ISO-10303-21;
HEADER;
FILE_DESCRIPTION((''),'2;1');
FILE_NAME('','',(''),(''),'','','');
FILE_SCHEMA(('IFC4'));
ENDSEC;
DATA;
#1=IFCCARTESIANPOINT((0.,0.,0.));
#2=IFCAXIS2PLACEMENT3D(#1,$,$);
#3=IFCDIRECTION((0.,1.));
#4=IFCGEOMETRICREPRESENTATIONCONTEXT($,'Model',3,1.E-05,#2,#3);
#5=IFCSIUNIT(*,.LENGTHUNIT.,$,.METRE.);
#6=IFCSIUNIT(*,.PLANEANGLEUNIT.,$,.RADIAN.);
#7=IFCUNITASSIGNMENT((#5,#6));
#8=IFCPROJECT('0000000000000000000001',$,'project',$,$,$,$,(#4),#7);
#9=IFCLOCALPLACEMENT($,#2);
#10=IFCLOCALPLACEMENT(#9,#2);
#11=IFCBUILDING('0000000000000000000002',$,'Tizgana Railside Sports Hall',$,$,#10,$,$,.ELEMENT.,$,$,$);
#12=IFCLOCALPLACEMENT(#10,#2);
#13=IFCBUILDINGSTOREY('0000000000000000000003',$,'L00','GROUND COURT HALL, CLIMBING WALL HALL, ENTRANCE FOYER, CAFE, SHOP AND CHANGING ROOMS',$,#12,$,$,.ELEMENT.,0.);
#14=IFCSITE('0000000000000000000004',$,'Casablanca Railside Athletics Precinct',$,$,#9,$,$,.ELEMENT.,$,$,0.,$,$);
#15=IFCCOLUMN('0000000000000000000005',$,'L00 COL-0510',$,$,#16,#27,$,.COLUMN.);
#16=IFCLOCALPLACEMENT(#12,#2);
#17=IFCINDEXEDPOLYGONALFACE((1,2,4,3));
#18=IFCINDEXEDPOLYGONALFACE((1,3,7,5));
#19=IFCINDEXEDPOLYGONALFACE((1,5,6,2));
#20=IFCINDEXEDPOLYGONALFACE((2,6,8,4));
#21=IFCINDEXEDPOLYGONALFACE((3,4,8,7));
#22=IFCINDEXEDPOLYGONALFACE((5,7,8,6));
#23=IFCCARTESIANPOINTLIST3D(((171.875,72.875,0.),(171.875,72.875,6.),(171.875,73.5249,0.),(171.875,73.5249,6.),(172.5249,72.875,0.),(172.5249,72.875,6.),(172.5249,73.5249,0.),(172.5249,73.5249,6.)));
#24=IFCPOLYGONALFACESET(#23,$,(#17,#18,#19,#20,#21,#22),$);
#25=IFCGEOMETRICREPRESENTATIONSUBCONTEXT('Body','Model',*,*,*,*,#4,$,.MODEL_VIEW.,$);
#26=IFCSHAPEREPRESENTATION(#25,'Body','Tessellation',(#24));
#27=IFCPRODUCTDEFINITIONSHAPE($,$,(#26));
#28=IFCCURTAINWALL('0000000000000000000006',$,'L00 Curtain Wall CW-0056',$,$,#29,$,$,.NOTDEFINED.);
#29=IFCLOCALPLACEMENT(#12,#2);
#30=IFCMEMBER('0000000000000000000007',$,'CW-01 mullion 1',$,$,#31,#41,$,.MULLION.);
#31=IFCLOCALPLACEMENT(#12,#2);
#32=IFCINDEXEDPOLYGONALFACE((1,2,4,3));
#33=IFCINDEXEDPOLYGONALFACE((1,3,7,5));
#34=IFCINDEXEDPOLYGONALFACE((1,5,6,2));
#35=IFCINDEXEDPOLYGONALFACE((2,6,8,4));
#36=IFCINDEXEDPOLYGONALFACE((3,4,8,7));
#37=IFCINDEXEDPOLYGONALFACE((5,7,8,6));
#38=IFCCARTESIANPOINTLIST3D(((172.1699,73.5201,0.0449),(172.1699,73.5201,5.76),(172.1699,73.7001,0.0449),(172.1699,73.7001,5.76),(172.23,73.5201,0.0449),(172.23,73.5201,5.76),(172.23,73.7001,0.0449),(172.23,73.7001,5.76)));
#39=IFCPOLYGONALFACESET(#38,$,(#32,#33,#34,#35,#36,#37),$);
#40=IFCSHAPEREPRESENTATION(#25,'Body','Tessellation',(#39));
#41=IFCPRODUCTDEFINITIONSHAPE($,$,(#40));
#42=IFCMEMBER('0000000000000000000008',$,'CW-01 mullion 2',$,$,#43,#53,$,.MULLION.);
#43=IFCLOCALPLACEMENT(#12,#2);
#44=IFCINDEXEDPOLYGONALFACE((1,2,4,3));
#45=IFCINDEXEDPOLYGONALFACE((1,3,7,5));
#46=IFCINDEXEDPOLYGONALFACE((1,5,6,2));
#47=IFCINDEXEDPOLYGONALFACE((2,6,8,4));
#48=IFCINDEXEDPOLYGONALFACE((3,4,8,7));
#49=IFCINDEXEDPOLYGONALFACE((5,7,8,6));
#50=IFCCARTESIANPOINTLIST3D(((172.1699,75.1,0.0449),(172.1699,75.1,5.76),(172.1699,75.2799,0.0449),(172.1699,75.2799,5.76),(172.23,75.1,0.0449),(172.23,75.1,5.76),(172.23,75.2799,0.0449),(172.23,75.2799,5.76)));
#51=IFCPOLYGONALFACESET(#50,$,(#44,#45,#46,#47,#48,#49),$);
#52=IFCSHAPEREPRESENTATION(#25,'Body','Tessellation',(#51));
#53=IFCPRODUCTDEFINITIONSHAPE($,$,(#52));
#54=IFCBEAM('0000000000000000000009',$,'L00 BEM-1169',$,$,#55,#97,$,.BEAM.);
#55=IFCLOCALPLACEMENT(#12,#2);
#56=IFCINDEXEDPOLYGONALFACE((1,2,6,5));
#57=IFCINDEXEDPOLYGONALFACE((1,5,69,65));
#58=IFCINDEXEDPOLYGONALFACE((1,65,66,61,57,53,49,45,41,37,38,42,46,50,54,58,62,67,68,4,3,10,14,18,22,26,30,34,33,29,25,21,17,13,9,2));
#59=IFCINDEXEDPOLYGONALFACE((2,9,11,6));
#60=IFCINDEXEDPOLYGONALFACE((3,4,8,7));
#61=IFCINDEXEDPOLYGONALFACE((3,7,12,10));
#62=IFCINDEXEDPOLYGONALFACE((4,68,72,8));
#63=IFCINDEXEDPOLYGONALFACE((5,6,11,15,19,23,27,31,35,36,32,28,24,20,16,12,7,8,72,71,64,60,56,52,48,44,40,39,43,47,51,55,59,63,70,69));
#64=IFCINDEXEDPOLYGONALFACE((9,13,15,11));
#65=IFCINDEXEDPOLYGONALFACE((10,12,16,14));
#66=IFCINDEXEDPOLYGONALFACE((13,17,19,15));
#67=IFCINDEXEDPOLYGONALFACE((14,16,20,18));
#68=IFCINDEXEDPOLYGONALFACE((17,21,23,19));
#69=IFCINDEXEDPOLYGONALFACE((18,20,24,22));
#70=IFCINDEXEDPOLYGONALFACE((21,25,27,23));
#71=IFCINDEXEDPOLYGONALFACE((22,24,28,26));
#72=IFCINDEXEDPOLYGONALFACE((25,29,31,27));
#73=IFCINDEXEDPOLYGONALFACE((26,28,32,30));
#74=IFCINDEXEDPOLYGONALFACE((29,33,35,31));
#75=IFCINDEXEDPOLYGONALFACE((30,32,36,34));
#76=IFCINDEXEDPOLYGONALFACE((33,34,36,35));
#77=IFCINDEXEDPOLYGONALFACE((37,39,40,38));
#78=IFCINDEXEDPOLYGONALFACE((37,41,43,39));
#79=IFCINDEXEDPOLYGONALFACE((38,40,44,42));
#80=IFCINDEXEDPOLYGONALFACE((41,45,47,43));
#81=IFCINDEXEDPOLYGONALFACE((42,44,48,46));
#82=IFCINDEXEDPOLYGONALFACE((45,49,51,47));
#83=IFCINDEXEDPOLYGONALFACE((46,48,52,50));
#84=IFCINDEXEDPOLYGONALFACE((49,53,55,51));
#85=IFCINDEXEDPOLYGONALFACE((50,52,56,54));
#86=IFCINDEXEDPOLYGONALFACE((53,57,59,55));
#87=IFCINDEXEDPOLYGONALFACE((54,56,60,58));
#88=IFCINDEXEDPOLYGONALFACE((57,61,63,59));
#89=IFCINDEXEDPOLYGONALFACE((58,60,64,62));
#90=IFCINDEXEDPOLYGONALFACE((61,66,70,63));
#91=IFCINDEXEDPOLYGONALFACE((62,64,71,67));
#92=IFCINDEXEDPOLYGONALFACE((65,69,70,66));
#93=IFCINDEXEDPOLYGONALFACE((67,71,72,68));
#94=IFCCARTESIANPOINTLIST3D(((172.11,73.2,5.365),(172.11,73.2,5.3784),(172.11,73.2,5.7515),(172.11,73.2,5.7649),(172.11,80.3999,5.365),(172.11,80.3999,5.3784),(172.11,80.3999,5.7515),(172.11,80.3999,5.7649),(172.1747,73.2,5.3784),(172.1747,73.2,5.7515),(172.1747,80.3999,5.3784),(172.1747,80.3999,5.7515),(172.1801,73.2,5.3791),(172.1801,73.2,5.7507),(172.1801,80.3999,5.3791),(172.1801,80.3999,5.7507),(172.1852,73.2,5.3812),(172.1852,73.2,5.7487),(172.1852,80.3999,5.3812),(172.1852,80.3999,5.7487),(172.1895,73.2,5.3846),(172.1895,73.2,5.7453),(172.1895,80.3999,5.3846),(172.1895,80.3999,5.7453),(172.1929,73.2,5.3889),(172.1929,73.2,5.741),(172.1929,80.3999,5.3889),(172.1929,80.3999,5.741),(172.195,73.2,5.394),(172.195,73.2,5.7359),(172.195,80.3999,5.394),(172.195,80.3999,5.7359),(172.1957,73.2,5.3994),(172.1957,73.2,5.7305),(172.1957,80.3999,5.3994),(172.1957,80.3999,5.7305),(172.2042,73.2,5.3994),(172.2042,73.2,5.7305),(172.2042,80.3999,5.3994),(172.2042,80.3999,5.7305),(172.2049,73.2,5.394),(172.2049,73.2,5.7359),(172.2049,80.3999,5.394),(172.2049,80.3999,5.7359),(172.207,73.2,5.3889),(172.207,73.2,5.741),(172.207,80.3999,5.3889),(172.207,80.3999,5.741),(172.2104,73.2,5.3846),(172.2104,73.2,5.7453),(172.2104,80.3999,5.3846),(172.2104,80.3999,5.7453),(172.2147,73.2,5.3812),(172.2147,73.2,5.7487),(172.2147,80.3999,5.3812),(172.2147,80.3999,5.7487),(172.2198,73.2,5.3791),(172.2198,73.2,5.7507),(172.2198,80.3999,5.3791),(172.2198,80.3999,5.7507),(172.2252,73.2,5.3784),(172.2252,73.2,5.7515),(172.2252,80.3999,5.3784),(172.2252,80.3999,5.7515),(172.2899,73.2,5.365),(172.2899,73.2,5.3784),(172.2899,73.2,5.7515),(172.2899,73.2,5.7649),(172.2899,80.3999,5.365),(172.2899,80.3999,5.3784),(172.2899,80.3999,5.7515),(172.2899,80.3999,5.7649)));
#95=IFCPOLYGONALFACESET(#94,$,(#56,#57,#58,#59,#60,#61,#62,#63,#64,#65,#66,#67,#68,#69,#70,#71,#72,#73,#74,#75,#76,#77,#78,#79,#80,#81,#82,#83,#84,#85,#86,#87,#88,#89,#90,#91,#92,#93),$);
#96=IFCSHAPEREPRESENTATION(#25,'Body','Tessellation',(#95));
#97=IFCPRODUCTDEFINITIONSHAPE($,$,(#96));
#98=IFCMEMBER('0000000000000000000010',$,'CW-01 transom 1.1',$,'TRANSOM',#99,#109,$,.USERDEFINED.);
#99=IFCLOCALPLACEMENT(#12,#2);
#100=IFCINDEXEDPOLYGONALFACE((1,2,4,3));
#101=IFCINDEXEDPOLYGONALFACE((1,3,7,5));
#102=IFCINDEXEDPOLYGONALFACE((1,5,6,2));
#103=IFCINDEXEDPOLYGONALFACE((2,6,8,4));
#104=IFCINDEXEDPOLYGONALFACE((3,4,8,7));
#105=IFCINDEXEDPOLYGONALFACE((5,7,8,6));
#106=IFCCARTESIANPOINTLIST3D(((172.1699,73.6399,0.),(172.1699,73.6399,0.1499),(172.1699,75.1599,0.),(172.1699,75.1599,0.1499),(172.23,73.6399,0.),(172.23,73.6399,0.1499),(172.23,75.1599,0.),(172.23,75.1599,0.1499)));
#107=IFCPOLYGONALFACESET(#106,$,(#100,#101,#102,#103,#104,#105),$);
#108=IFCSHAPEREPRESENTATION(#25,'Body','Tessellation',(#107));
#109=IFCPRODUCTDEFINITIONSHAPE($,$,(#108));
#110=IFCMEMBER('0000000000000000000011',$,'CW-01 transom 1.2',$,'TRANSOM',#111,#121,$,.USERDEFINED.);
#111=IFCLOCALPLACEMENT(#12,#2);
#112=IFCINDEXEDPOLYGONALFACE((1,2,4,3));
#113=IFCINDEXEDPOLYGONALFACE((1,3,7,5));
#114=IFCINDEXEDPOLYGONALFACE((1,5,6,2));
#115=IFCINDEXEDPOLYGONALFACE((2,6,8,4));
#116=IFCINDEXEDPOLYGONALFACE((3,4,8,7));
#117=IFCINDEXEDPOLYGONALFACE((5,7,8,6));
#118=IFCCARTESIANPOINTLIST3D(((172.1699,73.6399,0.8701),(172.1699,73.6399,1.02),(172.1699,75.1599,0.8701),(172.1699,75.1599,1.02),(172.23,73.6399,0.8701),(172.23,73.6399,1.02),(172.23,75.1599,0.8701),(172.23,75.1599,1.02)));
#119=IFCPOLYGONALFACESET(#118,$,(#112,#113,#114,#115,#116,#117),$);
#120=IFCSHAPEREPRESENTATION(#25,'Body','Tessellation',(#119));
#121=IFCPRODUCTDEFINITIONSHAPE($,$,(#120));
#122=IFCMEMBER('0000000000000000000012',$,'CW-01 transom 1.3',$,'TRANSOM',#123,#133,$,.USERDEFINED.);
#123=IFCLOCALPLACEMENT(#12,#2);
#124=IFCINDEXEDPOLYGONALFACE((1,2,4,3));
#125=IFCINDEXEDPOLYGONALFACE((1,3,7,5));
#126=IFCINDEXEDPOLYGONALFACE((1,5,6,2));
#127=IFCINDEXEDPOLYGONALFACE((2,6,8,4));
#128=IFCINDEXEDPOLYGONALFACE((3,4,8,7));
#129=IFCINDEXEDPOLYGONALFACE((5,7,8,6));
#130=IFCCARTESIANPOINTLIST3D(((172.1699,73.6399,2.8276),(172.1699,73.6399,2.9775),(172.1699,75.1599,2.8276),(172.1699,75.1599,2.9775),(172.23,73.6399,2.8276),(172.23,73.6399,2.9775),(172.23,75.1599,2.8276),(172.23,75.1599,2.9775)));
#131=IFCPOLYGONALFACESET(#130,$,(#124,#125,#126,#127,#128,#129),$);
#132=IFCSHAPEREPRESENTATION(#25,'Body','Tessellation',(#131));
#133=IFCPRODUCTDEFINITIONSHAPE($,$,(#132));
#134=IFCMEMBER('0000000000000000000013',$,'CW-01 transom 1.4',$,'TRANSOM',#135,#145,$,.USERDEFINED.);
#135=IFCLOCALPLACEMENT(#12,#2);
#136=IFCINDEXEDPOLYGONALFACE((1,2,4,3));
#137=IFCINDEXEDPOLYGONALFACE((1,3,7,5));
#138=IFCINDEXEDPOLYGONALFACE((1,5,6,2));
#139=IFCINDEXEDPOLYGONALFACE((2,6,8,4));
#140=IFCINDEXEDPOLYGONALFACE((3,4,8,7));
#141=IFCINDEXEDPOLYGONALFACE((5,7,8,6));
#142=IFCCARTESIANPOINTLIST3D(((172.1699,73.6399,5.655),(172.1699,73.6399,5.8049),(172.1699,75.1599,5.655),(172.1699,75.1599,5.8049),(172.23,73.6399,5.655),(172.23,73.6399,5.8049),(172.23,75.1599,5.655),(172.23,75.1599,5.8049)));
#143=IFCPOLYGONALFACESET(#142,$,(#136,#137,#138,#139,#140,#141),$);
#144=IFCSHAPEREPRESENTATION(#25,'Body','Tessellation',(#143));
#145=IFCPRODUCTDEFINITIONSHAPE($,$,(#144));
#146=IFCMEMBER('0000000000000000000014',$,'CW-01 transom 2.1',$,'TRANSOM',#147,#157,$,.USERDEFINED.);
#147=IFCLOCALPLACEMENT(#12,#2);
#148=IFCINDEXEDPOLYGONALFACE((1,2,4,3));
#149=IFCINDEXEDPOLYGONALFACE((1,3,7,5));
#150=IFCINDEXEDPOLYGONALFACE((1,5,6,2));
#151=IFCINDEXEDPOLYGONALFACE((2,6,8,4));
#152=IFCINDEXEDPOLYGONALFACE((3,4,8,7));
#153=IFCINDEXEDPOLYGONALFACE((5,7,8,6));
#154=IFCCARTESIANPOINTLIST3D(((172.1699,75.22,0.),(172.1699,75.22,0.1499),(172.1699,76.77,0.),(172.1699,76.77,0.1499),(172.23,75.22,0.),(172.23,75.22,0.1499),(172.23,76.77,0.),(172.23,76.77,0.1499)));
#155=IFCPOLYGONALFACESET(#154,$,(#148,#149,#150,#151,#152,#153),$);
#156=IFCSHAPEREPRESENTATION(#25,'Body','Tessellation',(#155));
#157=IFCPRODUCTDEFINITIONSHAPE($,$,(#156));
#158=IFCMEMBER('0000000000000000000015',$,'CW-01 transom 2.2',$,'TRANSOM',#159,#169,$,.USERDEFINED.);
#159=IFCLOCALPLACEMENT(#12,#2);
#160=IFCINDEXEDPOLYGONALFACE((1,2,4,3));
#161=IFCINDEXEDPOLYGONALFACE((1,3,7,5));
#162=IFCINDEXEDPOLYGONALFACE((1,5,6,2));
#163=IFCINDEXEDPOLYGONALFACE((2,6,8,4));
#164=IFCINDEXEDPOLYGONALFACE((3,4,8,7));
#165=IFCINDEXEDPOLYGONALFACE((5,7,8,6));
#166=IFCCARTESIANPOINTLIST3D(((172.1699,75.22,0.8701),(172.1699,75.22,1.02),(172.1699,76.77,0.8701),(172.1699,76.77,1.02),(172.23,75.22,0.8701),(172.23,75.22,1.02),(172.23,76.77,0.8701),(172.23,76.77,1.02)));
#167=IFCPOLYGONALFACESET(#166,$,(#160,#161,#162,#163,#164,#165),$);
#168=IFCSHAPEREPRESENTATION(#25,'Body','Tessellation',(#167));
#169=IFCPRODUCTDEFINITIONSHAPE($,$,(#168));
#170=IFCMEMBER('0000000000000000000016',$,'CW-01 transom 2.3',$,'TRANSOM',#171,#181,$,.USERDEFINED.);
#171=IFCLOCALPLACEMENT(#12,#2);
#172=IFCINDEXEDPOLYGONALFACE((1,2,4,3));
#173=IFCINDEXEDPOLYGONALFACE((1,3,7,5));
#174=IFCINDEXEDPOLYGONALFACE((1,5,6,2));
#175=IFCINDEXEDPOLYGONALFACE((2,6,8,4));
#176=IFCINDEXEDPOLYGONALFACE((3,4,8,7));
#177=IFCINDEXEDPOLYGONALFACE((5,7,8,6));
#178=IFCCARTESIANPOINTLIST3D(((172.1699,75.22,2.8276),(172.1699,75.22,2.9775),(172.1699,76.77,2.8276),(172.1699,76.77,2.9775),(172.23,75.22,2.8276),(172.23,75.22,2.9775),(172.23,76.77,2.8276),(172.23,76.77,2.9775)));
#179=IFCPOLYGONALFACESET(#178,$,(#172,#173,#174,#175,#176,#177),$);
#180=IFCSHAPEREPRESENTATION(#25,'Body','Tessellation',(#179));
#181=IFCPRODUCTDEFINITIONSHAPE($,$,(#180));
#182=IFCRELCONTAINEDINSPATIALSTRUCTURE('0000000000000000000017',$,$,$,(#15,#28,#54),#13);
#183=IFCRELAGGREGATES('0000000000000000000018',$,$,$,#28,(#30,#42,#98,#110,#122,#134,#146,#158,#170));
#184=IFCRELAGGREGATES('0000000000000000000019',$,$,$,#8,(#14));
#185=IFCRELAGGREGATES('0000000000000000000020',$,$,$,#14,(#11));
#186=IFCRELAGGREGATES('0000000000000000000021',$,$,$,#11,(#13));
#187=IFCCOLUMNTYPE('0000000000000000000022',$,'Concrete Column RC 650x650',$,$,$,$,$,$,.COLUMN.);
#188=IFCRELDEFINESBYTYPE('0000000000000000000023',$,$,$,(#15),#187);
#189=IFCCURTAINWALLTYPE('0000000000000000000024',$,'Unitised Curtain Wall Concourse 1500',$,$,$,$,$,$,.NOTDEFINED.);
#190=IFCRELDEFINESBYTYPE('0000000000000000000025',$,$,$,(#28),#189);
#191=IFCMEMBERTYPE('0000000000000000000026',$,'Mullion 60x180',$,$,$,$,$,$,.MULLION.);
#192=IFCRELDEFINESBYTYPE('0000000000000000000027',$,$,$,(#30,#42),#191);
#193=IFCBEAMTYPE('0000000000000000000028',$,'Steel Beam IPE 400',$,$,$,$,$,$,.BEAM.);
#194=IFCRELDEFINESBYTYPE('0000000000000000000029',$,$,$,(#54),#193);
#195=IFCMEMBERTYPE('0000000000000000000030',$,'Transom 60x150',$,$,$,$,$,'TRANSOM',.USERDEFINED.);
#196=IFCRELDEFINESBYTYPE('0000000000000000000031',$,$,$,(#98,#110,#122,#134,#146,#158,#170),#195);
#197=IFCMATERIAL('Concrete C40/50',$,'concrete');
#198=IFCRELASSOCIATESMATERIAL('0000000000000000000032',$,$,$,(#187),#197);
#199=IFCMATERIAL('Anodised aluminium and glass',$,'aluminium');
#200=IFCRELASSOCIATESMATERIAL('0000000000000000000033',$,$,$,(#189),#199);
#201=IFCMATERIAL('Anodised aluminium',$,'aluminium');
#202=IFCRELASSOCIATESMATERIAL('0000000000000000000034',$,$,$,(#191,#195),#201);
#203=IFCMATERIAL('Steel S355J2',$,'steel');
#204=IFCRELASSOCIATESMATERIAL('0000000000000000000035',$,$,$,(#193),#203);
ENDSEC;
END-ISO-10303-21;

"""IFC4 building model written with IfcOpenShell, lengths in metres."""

from ifc_helpers import new_model, si_unit, direction, frame, origin, origin_2d, place, context, subcontext, project, spatial, rectangle, i_section, extrude, material, material_profile, profile_set, type_object, element, aggregate, save


model = new_model("IFC4")

# Units and contexts
model_context = context("Model", 3, precision=1e-05, world=origin(), true_north=direction((0.0, 1.0)))
body_context = subcontext(model_context, "Body", "Model", "MODEL_VIEW")
ifc_project = project(units=[si_unit("LENGTHUNIT", "METRE"), si_unit("PLANEANGLEUNIT", "RADIAN")], contexts=[model_context])

# Site, building, storey
site_placement = place(None, origin())
site = spatial("IfcSite", under=ifc_project, at=site_placement, Name="Casablanca Railside Athletics Precinct", CompositionType="ELEMENT", RefElevation=0.0)
building_placement = place(site_placement, origin())
building = spatial("IfcBuilding", under=site, at=building_placement, Name="Tizgana Railside Sports Hall", CompositionType="ELEMENT")
storey_placement = place(building_placement, origin())
storey = spatial("IfcBuildingStorey", under=building, at=storey_placement, Name="L00", Description="GROUND COURT HALL, CLIMBING WALL HALL, ENTRANCE FOYER, CAFE, SHOP AND CHANGING ROOMS", CompositionType="ELEMENT", Elevation=0.0)

# Column
ifc_material_1 = material(Name="Concrete C40/50", Category="concrete")
ifc_material_profile_1 = material_profile(ifc_material_1, rectangle(XDim=0.6499, YDim=0.6499, at=origin_2d()), Name="RC 650x650")
ifc_profile_set_1 = profile_set([ifc_material_profile_1], Name="Concrete C40/50")
column_type = type_object("IfcColumnType", Name="Concrete Column RC 650x650", PredefinedType="COLUMN", material=ifc_profile_set_1)
column_placement = place(storey_placement, frame((172.2, 73.2, 0.0), z_axis=(0.0, 0.0, 1.0), x_axis=(1.0, 0.0, 0.0)))
element("IfcColumn", 1, at=column_placement, inside=storey, type_object=column_type, Name="L00 COL-0510", PredefinedType="COLUMN", context=body_context, shape_type="SweptSolid", body=[
    extrude(rectangle(XDim=0.6499, YDim=0.6499, at=origin_2d()), origin(), (0.0, 0.0, 1.0), 6.0),
])

# Curtain wall, members
ifc_material_2 = material(Name="Anodised aluminium and glass", Category="aluminium")
curtain_wall_type = type_object("IfcCurtainWallType", Name="Unitised Curtain Wall Concourse 1500", PredefinedType="NOTDEFINED", material=ifc_material_2)
curtain_wall_placement = place(storey_placement, origin())
curtain_wall = element("IfcCurtainWall", 2, at=curtain_wall_placement, inside=storey, type_object=curtain_wall_type, Name="L00 Curtain Wall CW-0056", PredefinedType="NOTDEFINED")
ifc_material_3 = material(Name="Anodised aluminium", Category="aluminium")
ifc_material_profile_2 = material_profile(ifc_material_3, rectangle(XDim=0.0601, YDim=0.1799, at=origin_2d()), Name="Mullion 60x180")
ifc_profile_set_2 = profile_set([ifc_material_profile_2], Name="Anodised aluminium")
member_type_1 = type_object("IfcMemberType", Name="Mullion 60x180", PredefinedType="MULLION", material=ifc_profile_set_2)
member_1_placement = place(storey_placement, frame((172.2, 73.6101, 0.0449), z_axis=(0.0, 0.0, 1.0), x_axis=(-1.0, 0.0, 0.0)))
member_1 = element("IfcMember", 3, at=member_1_placement, type_object=member_type_1, Name="CW-01 mullion 1", PredefinedType="MULLION", context=body_context, shape_type="SweptSolid", body=[
    extrude(rectangle(XDim=0.0601, YDim=0.1799, at=origin_2d()), origin(), (0.0, 0.0, 1.0), 5.7151),
])
member_2_placement = place(storey_placement, frame((172.2, 75.1899, 0.0449), z_axis=(0.0, 0.0, 1.0), x_axis=(-1.0, 0.0, 0.0)))
member_2 = element("IfcMember", 4, at=member_2_placement, type_object=member_type_1, Name="CW-01 mullion 2", PredefinedType="MULLION", context=body_context, shape_type="SweptSolid", body=[
    extrude(rectangle(XDim=0.0601, YDim=0.1799, at=origin_2d()), origin(), (0.0, 0.0, 1.0), 5.7151),
])

# Beam
ifc_material_4 = material(Name="Steel S355J2", Category="steel")
ifc_material_profile_3 = material_profile(ifc_material_4, i_section(OverallWidth=0.1799, OverallDepth=0.3999, WebThickness=0.0085, FlangeThickness=0.0134, FilletRadius=0.021, at=origin_2d()), Name="IPE 400")
ifc_profile_set_3 = profile_set([ifc_material_profile_3], Name="Steel S355J2")
beam_type = type_object("IfcBeamType", Name="Steel Beam IPE 400", PredefinedType="BEAM", material=ifc_profile_set_3)
beam_placement = place(storey_placement, frame((172.2, 73.2, 5.5649), z_axis=(0.0, 1.0, 0.0), x_axis=(-1.0, 0.0, 0.0)))
element("IfcBeam", 5, at=beam_placement, inside=storey, type_object=beam_type, Name="L00 BEM-1169", PredefinedType="BEAM", context=body_context, shape_type="SweptSolid", body=[
    extrude(i_section(OverallWidth=0.1799, OverallDepth=0.3999, WebThickness=0.0085, FlangeThickness=0.0134, FilletRadius=0.021, at=origin_2d()), origin(), (0.0, 0.0, 1.0), 7.2),
])

# Members
ifc_material_profile_4 = material_profile(ifc_material_3, rectangle(XDim=0.0601, YDim=0.1499, at=origin_2d()), Name="Transom 60x150")
ifc_profile_set_4 = profile_set([ifc_material_profile_4], Name="Anodised aluminium")
member_type_2 = type_object("IfcMemberType", Name="Transom 60x150", ElementType="TRANSOM", PredefinedType="USERDEFINED", material=ifc_profile_set_4)
member_3_placement = place(storey_placement, frame((172.2, 73.6399, 0.075), z_axis=(0.0, 1.0, 0.0), x_axis=(-1.0, 0.0, 0.0)))
member_3 = element("IfcMember", 6, at=member_3_placement, type_object=member_type_2, Name="CW-01 transom 1.1", ObjectType="TRANSOM", PredefinedType="USERDEFINED", context=body_context, shape_type="SweptSolid", body=[
    extrude(rectangle(XDim=0.0601, YDim=0.1499, at=origin_2d()), origin(), (0.0, 0.0, 1.0), 1.52),
])
member_4_placement = place(storey_placement, frame((172.2, 73.6399, 0.9451), z_axis=(0.0, 1.0, 0.0), x_axis=(-1.0, 0.0, 0.0)))
member_4 = element("IfcMember", 7, at=member_4_placement, type_object=member_type_2, Name="CW-01 transom 1.2", ObjectType="TRANSOM", PredefinedType="USERDEFINED", context=body_context, shape_type="SweptSolid", body=[
    extrude(rectangle(XDim=0.0601, YDim=0.1499, at=origin_2d()), origin(), (0.0, 0.0, 1.0), 1.52),
])
member_5_placement = place(storey_placement, frame((172.2, 73.6399, 2.9026), z_axis=(0.0, 1.0, 0.0), x_axis=(-1.0, 0.0, 0.0)))
member_5 = element("IfcMember", 8, at=member_5_placement, type_object=member_type_2, Name="CW-01 transom 1.3", ObjectType="TRANSOM", PredefinedType="USERDEFINED", context=body_context, shape_type="SweptSolid", body=[
    extrude(rectangle(XDim=0.0601, YDim=0.1499, at=origin_2d()), origin(), (0.0, 0.0, 1.0), 1.52),
])
member_6_placement = place(storey_placement, frame((172.2, 73.6399, 5.73), z_axis=(0.0, 1.0, 0.0), x_axis=(-1.0, 0.0, 0.0)))
member_6 = element("IfcMember", 9, at=member_6_placement, type_object=member_type_2, Name="CW-01 transom 1.4", ObjectType="TRANSOM", PredefinedType="USERDEFINED", context=body_context, shape_type="SweptSolid", body=[
    extrude(rectangle(XDim=0.0601, YDim=0.1499, at=origin_2d()), origin(), (0.0, 0.0, 1.0), 1.52),
])
member_7_placement = place(storey_placement, frame((172.2, 75.22, 0.075), z_axis=(0.0, 1.0, 0.0), x_axis=(-1.0, 0.0, 0.0)))
member_7 = element("IfcMember", 10, at=member_7_placement, type_object=member_type_2, Name="CW-01 transom 2.1", ObjectType="TRANSOM", PredefinedType="USERDEFINED", context=body_context, shape_type="SweptSolid", body=[
    extrude(rectangle(XDim=0.0601, YDim=0.1499, at=origin_2d()), origin(), (0.0, 0.0, 1.0), 1.55),
])
member_8_placement = place(storey_placement, frame((172.2, 75.22, 0.9451), z_axis=(0.0, 1.0, 0.0), x_axis=(-1.0, 0.0, 0.0)))
member_8 = element("IfcMember", 11, at=member_8_placement, type_object=member_type_2, Name="CW-01 transom 2.2", ObjectType="TRANSOM", PredefinedType="USERDEFINED", context=body_context, shape_type="SweptSolid", body=[
    extrude(rectangle(XDim=0.0601, YDim=0.1499, at=origin_2d()), origin(), (0.0, 0.0, 1.0), 1.55),
])
member_9_placement = place(storey_placement, frame((172.2, 75.22, 2.9026), z_axis=(0.0, 1.0, 0.0), x_axis=(-1.0, 0.0, 0.0)))
member_9 = element("IfcMember", 12, at=member_9_placement, type_object=member_type_2, Name="CW-01 transom 2.3", ObjectType="TRANSOM", PredefinedType="USERDEFINED", context=body_context, shape_type="SweptSolid", body=[
    extrude(rectangle(XDim=0.0601, YDim=0.1499, at=origin_2d()), origin(), (0.0, 0.0, 1.0), 1.55),
])

aggregate(curtain_wall, [member_1, member_2, member_3, member_4, member_5, member_6, member_7, member_8, member_9])

save(model, "model.ifc")
